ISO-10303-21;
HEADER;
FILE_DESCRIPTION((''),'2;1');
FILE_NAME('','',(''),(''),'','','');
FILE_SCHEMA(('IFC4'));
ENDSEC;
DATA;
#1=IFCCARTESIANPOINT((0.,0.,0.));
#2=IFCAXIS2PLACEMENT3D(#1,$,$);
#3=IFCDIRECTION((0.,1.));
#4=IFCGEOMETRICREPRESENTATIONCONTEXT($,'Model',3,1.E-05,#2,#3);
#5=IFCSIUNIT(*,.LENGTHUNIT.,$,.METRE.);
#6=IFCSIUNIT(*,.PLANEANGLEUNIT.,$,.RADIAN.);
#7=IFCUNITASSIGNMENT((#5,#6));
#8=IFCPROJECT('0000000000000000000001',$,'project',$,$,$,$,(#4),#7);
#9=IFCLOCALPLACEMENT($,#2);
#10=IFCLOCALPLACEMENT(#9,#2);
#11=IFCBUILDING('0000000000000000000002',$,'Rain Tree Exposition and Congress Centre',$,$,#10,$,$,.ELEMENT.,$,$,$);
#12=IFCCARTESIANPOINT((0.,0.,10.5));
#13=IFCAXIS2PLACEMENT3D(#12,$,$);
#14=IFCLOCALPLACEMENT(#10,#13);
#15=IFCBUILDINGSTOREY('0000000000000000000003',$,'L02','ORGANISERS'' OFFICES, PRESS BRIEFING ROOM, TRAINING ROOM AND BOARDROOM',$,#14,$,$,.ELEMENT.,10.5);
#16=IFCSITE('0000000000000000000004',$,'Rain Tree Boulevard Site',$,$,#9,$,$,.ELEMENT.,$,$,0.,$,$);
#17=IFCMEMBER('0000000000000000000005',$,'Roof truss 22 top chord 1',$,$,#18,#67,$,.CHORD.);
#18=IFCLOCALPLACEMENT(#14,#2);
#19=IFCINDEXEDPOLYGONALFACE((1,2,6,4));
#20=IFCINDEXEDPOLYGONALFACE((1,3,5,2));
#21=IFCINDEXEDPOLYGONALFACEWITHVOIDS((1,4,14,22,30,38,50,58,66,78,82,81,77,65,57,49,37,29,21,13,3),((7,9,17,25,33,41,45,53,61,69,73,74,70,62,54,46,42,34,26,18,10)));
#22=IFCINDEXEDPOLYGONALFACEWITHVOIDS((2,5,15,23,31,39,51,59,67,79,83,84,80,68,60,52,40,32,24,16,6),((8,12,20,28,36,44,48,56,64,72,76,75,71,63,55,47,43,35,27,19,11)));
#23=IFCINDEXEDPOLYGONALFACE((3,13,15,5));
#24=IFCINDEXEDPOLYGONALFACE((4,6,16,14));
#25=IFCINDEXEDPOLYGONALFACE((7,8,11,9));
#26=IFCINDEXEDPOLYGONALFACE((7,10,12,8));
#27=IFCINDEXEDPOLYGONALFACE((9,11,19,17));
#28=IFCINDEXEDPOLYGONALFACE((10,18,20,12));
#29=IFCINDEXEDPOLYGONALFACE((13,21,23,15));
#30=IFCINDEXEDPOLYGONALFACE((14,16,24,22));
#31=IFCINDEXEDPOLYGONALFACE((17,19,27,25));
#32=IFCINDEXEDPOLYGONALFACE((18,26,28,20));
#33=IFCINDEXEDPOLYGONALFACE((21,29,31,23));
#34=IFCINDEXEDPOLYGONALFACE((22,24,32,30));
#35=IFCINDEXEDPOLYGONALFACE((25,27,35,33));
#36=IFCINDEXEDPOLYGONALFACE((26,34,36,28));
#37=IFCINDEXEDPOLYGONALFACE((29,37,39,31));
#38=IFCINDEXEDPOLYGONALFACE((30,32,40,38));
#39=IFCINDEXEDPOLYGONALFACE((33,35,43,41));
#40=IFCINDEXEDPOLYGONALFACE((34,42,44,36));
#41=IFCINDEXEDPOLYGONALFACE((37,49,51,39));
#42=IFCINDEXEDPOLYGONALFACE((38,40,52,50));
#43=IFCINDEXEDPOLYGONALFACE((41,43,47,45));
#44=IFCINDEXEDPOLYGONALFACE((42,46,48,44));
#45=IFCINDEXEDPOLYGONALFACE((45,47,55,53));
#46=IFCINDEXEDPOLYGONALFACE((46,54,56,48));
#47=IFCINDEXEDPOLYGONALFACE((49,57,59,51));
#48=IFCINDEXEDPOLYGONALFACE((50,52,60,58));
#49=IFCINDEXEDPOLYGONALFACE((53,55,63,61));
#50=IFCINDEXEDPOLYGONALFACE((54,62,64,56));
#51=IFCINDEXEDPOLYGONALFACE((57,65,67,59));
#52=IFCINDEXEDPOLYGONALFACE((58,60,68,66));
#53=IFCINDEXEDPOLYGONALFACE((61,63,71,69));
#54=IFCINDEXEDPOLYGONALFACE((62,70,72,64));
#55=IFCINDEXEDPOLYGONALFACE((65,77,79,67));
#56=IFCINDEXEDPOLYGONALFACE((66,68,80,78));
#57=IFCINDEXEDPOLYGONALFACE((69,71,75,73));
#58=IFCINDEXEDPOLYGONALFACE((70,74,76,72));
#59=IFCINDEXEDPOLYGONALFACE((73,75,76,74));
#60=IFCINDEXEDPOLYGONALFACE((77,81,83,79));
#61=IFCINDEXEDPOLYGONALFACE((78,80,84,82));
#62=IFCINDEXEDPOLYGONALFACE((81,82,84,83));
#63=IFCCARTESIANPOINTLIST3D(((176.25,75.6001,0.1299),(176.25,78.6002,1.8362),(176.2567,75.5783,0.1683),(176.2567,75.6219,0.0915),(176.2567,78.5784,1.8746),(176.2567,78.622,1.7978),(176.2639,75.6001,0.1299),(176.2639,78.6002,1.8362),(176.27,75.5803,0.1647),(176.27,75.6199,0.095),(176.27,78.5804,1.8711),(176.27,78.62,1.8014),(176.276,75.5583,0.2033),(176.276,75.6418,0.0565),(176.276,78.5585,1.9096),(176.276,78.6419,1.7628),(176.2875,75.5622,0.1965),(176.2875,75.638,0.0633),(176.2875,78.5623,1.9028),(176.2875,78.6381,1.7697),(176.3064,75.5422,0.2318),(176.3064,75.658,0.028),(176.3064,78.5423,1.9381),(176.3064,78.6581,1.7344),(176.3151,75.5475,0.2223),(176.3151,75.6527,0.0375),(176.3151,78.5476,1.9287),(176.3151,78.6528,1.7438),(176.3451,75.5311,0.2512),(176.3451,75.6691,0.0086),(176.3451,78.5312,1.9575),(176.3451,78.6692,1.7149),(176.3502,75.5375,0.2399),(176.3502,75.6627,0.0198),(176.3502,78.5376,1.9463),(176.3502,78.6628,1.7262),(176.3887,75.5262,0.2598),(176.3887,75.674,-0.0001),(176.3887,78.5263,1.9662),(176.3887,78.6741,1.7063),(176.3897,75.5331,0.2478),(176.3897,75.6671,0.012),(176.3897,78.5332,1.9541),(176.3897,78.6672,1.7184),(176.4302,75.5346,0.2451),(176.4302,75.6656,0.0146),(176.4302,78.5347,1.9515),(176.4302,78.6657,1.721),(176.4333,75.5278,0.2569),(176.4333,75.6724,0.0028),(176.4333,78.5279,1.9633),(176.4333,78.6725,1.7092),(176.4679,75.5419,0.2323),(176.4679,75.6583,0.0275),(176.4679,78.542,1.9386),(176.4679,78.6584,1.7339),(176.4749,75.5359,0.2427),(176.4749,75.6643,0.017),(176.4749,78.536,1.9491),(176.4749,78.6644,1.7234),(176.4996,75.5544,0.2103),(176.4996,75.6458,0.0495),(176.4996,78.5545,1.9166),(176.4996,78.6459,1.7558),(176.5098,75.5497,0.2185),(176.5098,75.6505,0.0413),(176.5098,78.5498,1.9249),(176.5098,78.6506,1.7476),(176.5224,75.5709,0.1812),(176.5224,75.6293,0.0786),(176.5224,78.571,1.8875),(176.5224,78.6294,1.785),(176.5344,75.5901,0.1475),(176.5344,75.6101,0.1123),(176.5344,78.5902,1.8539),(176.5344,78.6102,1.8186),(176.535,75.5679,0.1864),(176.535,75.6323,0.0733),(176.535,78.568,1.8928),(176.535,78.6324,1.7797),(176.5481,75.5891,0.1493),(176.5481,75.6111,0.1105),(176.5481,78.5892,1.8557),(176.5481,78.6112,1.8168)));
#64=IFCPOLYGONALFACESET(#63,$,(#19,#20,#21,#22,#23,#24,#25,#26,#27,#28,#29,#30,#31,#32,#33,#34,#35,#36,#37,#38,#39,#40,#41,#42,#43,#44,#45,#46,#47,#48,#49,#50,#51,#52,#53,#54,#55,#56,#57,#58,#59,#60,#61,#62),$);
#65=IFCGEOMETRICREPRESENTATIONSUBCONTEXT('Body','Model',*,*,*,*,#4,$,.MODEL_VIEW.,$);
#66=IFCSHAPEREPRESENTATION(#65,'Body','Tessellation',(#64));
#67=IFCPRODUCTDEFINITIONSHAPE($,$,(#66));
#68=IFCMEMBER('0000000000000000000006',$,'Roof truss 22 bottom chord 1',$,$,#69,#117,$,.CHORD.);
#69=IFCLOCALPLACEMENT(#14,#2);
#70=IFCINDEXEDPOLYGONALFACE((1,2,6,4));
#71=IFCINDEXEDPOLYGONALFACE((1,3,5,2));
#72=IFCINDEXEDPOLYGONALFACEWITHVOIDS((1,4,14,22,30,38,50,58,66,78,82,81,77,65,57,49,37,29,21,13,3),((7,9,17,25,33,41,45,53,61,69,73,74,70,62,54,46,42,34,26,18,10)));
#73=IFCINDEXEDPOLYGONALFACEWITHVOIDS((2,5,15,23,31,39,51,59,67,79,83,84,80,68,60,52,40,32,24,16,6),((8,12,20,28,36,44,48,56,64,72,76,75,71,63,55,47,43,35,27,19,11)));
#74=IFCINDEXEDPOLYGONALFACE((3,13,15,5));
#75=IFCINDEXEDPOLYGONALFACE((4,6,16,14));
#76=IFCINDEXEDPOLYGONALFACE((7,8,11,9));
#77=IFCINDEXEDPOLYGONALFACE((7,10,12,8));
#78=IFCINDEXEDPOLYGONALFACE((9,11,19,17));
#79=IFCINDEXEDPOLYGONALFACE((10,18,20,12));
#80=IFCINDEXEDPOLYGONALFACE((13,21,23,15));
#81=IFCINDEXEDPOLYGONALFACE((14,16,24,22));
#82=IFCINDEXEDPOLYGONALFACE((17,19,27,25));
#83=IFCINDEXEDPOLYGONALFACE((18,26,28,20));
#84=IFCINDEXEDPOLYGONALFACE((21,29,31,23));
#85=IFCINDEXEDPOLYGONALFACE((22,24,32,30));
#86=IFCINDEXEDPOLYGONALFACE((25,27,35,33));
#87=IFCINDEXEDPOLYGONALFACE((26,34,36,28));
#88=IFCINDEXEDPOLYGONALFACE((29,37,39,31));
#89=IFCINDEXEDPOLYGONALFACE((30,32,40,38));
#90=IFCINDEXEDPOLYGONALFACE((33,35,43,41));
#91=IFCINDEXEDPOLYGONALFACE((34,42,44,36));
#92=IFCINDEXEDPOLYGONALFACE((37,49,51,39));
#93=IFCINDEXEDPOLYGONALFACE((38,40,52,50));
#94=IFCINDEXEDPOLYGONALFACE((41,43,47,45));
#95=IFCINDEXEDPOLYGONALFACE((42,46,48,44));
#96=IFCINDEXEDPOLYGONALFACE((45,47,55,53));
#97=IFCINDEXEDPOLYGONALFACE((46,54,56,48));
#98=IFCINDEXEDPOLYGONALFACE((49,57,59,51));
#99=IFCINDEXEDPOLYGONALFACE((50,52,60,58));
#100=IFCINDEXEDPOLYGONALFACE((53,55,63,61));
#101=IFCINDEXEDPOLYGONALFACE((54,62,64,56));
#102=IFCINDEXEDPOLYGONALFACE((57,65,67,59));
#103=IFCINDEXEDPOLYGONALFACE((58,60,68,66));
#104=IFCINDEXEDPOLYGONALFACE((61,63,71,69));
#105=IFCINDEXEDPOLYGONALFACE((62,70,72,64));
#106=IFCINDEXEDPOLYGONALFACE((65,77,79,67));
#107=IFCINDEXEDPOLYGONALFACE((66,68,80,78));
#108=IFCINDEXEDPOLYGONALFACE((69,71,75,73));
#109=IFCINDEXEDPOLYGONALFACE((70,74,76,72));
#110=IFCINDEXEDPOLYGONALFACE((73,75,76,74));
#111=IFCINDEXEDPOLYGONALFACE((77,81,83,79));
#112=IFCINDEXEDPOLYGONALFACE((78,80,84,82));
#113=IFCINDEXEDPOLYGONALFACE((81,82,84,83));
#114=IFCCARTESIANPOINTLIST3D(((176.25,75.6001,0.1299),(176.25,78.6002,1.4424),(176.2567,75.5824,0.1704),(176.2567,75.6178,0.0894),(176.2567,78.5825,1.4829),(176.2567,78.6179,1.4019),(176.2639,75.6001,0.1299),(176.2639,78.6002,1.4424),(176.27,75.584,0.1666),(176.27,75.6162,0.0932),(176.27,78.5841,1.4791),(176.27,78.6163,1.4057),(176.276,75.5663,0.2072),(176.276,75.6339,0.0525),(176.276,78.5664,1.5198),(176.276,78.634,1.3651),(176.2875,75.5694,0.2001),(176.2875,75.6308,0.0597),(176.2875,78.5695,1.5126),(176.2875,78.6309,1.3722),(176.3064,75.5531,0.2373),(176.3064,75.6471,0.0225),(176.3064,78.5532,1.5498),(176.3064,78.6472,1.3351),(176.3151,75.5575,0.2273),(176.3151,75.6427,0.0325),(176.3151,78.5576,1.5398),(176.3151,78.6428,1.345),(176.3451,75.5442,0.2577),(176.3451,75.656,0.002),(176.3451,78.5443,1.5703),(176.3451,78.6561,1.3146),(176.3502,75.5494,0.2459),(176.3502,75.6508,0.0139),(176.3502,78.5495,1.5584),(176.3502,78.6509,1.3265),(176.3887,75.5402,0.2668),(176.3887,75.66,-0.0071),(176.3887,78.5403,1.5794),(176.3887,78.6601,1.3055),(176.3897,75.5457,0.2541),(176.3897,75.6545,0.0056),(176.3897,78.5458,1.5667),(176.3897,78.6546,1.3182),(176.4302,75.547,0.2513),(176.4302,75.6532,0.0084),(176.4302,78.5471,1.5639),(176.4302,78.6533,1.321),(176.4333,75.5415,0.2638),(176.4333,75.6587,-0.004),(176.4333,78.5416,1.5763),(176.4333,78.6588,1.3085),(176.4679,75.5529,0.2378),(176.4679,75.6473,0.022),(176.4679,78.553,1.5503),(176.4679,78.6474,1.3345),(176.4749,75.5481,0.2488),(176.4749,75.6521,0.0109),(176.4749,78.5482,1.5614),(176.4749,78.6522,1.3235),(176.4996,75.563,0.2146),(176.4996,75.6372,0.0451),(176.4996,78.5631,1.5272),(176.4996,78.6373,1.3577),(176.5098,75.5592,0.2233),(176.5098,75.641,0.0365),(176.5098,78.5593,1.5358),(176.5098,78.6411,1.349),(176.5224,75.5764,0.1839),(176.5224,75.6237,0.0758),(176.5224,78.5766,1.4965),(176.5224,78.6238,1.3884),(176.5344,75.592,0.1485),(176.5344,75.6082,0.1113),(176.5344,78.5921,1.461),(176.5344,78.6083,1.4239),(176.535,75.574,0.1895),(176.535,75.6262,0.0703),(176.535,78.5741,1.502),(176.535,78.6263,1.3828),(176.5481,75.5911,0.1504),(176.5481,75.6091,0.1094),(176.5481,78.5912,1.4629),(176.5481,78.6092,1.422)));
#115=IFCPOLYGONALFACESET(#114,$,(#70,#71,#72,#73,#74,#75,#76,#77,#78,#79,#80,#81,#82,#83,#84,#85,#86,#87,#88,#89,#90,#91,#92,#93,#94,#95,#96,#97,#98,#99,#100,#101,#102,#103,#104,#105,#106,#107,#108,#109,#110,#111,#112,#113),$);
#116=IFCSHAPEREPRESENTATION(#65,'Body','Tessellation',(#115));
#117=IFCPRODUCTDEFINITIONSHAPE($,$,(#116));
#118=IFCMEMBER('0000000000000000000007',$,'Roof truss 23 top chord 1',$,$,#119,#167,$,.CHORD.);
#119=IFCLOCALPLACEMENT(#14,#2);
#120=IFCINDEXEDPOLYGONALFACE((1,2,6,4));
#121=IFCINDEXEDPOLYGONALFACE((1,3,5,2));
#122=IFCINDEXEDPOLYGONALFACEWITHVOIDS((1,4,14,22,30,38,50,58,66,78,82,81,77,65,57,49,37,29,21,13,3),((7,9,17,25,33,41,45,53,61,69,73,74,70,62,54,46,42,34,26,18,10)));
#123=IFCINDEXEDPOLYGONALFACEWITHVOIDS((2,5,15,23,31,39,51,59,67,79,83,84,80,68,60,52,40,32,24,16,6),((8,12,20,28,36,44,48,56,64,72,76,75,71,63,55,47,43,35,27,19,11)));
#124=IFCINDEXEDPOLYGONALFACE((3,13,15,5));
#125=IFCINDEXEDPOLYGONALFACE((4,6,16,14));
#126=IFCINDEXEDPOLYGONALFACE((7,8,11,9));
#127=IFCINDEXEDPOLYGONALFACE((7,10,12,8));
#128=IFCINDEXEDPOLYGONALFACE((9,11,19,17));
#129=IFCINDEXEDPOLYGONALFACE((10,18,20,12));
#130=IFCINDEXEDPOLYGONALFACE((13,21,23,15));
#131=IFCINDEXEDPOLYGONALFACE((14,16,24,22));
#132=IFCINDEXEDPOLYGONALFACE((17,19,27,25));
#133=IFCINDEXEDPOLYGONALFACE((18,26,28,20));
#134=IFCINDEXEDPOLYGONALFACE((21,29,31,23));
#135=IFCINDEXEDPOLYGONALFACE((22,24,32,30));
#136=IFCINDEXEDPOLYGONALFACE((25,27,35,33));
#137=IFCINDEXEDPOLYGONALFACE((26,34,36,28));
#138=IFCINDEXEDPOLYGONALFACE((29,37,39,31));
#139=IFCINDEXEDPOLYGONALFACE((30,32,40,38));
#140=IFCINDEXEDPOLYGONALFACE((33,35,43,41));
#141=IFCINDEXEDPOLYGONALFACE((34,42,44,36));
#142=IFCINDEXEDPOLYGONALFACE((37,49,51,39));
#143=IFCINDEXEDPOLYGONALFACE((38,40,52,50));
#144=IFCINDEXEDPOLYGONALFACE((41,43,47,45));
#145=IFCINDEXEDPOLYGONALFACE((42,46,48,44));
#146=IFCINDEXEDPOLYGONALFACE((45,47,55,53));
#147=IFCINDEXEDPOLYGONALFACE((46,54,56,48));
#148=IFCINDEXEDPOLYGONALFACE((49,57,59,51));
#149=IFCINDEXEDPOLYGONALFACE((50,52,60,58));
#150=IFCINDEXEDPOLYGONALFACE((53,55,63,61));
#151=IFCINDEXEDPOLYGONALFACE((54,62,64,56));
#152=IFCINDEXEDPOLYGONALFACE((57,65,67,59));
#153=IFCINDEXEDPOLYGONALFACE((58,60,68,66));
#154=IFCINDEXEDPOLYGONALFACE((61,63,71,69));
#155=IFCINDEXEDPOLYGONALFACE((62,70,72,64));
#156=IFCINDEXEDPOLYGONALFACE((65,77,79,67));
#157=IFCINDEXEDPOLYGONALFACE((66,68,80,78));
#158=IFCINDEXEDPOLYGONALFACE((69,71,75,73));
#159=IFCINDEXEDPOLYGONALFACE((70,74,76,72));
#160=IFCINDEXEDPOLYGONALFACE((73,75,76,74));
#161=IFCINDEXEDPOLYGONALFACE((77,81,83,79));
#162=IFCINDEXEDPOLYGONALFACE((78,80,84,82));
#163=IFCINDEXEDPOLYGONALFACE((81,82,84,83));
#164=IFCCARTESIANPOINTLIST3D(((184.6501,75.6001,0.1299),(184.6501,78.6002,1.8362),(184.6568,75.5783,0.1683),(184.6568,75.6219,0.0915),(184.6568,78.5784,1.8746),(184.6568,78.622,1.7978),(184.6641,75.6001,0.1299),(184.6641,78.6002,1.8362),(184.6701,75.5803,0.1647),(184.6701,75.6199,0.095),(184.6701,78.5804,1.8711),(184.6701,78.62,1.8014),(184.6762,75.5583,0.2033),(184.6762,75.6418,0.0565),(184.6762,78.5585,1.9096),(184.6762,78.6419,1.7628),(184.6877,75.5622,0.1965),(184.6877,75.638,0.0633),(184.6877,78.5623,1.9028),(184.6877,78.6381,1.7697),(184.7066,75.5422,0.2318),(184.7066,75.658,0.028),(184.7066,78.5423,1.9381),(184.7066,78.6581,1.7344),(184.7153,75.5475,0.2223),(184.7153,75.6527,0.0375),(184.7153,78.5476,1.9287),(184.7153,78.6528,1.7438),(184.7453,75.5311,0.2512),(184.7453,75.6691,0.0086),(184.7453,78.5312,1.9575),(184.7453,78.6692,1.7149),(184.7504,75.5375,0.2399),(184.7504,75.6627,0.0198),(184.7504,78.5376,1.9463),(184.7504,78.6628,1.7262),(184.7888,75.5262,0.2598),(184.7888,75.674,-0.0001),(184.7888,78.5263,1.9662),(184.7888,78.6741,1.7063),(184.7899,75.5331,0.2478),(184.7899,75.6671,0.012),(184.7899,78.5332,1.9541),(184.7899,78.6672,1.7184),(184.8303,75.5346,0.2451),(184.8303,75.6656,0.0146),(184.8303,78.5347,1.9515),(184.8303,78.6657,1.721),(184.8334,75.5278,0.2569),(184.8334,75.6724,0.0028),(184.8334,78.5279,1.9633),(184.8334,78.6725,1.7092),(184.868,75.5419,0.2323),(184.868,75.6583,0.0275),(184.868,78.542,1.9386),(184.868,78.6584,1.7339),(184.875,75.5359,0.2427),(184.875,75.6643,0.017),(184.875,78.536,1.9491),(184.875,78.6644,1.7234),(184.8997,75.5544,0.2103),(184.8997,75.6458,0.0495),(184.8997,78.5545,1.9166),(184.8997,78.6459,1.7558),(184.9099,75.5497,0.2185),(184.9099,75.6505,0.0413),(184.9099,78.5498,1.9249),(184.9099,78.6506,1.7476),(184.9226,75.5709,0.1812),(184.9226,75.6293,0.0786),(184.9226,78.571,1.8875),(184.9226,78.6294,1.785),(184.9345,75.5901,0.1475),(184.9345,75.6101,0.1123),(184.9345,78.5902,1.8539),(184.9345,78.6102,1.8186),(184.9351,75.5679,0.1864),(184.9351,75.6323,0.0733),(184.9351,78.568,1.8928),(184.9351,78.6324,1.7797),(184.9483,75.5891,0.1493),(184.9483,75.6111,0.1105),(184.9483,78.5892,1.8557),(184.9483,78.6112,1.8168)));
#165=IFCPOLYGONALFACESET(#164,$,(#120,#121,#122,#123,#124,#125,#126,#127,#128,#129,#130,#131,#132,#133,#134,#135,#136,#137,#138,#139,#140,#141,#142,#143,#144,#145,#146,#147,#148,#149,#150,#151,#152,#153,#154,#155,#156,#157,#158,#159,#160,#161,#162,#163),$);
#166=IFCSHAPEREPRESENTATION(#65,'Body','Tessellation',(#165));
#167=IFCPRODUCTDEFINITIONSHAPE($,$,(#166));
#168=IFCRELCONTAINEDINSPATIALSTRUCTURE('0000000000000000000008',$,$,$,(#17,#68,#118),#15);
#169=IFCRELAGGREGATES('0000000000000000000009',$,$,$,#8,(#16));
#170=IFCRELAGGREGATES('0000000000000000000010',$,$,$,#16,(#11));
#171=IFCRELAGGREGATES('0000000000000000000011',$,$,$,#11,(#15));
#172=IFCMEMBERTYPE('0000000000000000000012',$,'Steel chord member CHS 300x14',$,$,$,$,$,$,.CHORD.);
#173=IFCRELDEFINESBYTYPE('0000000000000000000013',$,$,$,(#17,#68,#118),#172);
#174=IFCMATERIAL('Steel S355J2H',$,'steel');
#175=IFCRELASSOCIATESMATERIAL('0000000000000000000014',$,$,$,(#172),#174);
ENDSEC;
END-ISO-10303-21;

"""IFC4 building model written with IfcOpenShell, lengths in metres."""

from ifc_helpers import new_model, si_unit, direction, frame, origin, origin_2d, place, context, subcontext, project, spatial, hollow_circle, extrude, material, material_profile, profile_set, type_object, element, save


model = new_model("IFC4")

# Units and contexts
model_context = context("Model", 3, precision=1e-05, world=origin(), true_north=direction((0.0, 1.0)))
body_context = subcontext(model_context, "Body", "Model", "MODEL_VIEW")
ifc_project = project(units=[si_unit("LENGTHUNIT", "METRE"), si_unit("PLANEANGLEUNIT", "RADIAN")], contexts=[model_context])

# Site, building, storey
site_placement = place(None, origin())
site = spatial("IfcSite", under=ifc_project, at=site_placement, Name="Rain Tree Boulevard Site", CompositionType="ELEMENT", RefElevation=0.0)
building_placement = place(site_placement, origin())
building = spatial("IfcBuilding", under=site, at=building_placement, Name="Rain Tree Exposition and Congress Centre", CompositionType="ELEMENT")
storey_placement = place(building_placement, frame((0.0, 0.0, 10.5)))
storey = spatial("IfcBuildingStorey", under=building, at=storey_placement, Name="L02", Description="ORGANISERS' OFFICES, PRESS BRIEFING ROOM, TRAINING ROOM AND BOARDROOM", CompositionType="ELEMENT", Elevation=10.5)

# Members
ifc_material_1 = material(Name="Steel S355J2H", Category="steel")
ifc_material_profile_1 = material_profile(ifc_material_1, hollow_circle(Radius=0.1499, WallThickness=0.0139, at=origin_2d()), Name="CHS 300x14")
ifc_profile_set_1 = profile_set([ifc_material_profile_1], Name="Steel S355J2H")
member_type_1 = type_object("IfcMemberType", Name="Steel chord member CHS 300x14", PredefinedType="CHORD", material=ifc_profile_set_1)
member_1_placement = place(storey_placement, frame((176.3999, 75.6001, 0.1299), z_axis=(0.0, 0.869238, 0.494393), x_axis=(-1.0, 0.0, 0.0)))
element("IfcMember", 1, at=member_1_placement, inside=storey, type_object=member_type_1, Name="Roof truss 22 top chord 1", PredefinedType="CHORD", context=body_context, shape_type="SweptSolid", body=[
    extrude(hollow_circle(Radius=0.1499, WallThickness=0.0139, at=origin_2d()), origin(), (0.0, 0.0, 1.0), 3.4514),
])
member_2_placement = place(storey_placement, frame((176.3999, 75.6001, 0.1299), z_axis=(0.0, 0.916157, 0.400819), x_axis=(-1.0, 0.0, 0.0)))
element("IfcMember", 2, at=member_2_placement, inside=storey, type_object=member_type_1, Name="Roof truss 22 bottom chord 1", PredefinedType="CHORD", context=body_context, shape_type="SweptSolid", body=[
    extrude(hollow_circle(Radius=0.1499, WallThickness=0.0139, at=origin_2d()), origin(), (0.0, 0.0, 1.0), 3.2747),
])
member_3_placement = place(storey_placement, frame((184.8, 75.6001, 0.1299), z_axis=(0.0, 0.869238, 0.494393), x_axis=(-1.0, 0.0, 0.0)))
element("IfcMember", 3, at=member_3_placement, inside=storey, type_object=member_type_1, Name="Roof truss 23 top chord 1", PredefinedType="CHORD", context=body_context, shape_type="SweptSolid", body=[
    extrude(hollow_circle(Radius=0.1499, WallThickness=0.0139, at=origin_2d()), origin(), (0.0, 0.0, 1.0), 3.4514),
])

save(model, "model.ifc")
